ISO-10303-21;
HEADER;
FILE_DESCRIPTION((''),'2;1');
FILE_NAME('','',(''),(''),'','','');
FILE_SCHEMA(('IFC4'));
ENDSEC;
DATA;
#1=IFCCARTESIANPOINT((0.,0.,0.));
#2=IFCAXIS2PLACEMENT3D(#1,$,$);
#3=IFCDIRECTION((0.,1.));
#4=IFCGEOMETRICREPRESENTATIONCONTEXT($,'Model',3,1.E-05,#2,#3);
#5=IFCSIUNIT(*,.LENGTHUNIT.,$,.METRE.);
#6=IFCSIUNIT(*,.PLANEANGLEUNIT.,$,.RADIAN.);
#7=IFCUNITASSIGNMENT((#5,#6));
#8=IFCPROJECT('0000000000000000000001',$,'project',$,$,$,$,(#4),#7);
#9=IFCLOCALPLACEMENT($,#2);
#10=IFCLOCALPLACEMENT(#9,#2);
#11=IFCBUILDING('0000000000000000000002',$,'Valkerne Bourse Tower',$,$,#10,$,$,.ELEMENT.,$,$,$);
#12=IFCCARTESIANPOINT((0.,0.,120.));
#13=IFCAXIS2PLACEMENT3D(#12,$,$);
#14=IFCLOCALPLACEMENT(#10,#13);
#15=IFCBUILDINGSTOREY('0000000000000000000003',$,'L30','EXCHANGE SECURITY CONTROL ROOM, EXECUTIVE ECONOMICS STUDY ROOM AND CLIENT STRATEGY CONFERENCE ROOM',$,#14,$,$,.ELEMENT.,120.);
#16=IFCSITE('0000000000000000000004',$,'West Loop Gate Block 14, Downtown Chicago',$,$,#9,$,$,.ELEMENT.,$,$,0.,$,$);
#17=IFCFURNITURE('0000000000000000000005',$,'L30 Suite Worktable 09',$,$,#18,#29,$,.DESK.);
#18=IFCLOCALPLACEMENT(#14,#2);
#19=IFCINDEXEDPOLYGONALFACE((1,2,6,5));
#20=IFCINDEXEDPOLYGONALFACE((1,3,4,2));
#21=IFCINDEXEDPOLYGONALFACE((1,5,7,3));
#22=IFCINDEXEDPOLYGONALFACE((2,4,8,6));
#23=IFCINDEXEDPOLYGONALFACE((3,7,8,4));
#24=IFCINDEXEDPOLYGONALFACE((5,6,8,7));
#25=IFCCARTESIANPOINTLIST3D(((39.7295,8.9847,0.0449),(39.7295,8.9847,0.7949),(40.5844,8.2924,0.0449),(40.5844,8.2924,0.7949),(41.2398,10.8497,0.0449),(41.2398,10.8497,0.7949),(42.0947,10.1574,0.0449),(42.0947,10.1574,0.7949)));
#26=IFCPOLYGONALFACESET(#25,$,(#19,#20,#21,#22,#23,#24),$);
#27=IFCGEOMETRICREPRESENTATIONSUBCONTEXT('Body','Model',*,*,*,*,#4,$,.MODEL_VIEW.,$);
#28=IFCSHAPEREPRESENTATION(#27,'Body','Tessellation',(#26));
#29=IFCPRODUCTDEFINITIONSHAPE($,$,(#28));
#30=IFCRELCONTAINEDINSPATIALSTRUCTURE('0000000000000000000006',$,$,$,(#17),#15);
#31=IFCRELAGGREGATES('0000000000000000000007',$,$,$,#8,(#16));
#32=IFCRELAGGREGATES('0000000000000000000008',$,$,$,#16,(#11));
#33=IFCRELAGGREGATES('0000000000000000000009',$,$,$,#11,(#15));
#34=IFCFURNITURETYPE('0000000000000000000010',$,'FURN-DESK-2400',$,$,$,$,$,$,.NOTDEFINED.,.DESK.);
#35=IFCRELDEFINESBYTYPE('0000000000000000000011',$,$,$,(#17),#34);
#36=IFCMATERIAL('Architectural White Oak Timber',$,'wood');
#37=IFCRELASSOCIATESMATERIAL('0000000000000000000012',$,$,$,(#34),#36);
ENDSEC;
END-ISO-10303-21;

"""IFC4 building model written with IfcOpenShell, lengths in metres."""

from ifc_helpers import new_model, si_unit, direction, frame, origin, origin_2d, place, context, subcontext, project, spatial, rectangle, extrude, material, type_object, element, save


model = new_model("IFC4")

# Units and contexts
model_context = context("Model", 3, precision=1e-05, world=origin(), true_north=direction((0.0, 1.0)))
body_context = subcontext(model_context, "Body", "Model", "MODEL_VIEW")
ifc_project = project(units=[si_unit("LENGTHUNIT", "METRE"), si_unit("PLANEANGLEUNIT", "RADIAN")], contexts=[model_context])

# Site, building, storey
site_placement = place(None, origin())
site = spatial("IfcSite", under=ifc_project, at=site_placement, Name="West Loop Gate Block 14, Downtown Chicago", CompositionType="ELEMENT", RefElevation=0.0)
building_placement = place(site_placement, origin())
building = spatial("IfcBuilding", under=site, at=building_placement, Name="Valkerne Bourse Tower", CompositionType="ELEMENT")
storey_placement = place(building_placement, frame((0.0, 0.0, 120.0)))
storey = spatial("IfcBuildingStorey", under=building, at=storey_placement, Name="L30", Description="EXCHANGE SECURITY CONTROL ROOM, EXECUTIVE ECONOMICS STUDY ROOM AND CLIENT STRATEGY CONFERENCE ROOM", CompositionType="ELEMENT", Elevation=120.0)

# Furniture
ifc_material_1 = material(Name="Architectural White Oak Timber", Category="wood")
furniture_type_1 = type_object("IfcFurnitureType", Name="FURN-DESK-2400", AssemblyPlace="NOTDEFINED", PredefinedType="DESK", material=ifc_material_1)
furniture_1_placement = place(storey_placement, frame((40.9121, 9.571, 0.0449), z_axis=(0.0, 0.0, 1.0), x_axis=(0.62932, 0.777146, 0.0)))
element("IfcFurniture", 1, at=furniture_1_placement, inside=storey, type_object=furniture_type_1, Name="L30 Suite Worktable 09", PredefinedType="DESK", context=body_context, shape_type="SweptSolid", body=[
    extrude(rectangle(XDim=2.3999, YDim=1.1001, at=origin_2d()), origin(), (0.0, 0.0, 1.0), 0.75),
])

save(model, "model.ifc")
